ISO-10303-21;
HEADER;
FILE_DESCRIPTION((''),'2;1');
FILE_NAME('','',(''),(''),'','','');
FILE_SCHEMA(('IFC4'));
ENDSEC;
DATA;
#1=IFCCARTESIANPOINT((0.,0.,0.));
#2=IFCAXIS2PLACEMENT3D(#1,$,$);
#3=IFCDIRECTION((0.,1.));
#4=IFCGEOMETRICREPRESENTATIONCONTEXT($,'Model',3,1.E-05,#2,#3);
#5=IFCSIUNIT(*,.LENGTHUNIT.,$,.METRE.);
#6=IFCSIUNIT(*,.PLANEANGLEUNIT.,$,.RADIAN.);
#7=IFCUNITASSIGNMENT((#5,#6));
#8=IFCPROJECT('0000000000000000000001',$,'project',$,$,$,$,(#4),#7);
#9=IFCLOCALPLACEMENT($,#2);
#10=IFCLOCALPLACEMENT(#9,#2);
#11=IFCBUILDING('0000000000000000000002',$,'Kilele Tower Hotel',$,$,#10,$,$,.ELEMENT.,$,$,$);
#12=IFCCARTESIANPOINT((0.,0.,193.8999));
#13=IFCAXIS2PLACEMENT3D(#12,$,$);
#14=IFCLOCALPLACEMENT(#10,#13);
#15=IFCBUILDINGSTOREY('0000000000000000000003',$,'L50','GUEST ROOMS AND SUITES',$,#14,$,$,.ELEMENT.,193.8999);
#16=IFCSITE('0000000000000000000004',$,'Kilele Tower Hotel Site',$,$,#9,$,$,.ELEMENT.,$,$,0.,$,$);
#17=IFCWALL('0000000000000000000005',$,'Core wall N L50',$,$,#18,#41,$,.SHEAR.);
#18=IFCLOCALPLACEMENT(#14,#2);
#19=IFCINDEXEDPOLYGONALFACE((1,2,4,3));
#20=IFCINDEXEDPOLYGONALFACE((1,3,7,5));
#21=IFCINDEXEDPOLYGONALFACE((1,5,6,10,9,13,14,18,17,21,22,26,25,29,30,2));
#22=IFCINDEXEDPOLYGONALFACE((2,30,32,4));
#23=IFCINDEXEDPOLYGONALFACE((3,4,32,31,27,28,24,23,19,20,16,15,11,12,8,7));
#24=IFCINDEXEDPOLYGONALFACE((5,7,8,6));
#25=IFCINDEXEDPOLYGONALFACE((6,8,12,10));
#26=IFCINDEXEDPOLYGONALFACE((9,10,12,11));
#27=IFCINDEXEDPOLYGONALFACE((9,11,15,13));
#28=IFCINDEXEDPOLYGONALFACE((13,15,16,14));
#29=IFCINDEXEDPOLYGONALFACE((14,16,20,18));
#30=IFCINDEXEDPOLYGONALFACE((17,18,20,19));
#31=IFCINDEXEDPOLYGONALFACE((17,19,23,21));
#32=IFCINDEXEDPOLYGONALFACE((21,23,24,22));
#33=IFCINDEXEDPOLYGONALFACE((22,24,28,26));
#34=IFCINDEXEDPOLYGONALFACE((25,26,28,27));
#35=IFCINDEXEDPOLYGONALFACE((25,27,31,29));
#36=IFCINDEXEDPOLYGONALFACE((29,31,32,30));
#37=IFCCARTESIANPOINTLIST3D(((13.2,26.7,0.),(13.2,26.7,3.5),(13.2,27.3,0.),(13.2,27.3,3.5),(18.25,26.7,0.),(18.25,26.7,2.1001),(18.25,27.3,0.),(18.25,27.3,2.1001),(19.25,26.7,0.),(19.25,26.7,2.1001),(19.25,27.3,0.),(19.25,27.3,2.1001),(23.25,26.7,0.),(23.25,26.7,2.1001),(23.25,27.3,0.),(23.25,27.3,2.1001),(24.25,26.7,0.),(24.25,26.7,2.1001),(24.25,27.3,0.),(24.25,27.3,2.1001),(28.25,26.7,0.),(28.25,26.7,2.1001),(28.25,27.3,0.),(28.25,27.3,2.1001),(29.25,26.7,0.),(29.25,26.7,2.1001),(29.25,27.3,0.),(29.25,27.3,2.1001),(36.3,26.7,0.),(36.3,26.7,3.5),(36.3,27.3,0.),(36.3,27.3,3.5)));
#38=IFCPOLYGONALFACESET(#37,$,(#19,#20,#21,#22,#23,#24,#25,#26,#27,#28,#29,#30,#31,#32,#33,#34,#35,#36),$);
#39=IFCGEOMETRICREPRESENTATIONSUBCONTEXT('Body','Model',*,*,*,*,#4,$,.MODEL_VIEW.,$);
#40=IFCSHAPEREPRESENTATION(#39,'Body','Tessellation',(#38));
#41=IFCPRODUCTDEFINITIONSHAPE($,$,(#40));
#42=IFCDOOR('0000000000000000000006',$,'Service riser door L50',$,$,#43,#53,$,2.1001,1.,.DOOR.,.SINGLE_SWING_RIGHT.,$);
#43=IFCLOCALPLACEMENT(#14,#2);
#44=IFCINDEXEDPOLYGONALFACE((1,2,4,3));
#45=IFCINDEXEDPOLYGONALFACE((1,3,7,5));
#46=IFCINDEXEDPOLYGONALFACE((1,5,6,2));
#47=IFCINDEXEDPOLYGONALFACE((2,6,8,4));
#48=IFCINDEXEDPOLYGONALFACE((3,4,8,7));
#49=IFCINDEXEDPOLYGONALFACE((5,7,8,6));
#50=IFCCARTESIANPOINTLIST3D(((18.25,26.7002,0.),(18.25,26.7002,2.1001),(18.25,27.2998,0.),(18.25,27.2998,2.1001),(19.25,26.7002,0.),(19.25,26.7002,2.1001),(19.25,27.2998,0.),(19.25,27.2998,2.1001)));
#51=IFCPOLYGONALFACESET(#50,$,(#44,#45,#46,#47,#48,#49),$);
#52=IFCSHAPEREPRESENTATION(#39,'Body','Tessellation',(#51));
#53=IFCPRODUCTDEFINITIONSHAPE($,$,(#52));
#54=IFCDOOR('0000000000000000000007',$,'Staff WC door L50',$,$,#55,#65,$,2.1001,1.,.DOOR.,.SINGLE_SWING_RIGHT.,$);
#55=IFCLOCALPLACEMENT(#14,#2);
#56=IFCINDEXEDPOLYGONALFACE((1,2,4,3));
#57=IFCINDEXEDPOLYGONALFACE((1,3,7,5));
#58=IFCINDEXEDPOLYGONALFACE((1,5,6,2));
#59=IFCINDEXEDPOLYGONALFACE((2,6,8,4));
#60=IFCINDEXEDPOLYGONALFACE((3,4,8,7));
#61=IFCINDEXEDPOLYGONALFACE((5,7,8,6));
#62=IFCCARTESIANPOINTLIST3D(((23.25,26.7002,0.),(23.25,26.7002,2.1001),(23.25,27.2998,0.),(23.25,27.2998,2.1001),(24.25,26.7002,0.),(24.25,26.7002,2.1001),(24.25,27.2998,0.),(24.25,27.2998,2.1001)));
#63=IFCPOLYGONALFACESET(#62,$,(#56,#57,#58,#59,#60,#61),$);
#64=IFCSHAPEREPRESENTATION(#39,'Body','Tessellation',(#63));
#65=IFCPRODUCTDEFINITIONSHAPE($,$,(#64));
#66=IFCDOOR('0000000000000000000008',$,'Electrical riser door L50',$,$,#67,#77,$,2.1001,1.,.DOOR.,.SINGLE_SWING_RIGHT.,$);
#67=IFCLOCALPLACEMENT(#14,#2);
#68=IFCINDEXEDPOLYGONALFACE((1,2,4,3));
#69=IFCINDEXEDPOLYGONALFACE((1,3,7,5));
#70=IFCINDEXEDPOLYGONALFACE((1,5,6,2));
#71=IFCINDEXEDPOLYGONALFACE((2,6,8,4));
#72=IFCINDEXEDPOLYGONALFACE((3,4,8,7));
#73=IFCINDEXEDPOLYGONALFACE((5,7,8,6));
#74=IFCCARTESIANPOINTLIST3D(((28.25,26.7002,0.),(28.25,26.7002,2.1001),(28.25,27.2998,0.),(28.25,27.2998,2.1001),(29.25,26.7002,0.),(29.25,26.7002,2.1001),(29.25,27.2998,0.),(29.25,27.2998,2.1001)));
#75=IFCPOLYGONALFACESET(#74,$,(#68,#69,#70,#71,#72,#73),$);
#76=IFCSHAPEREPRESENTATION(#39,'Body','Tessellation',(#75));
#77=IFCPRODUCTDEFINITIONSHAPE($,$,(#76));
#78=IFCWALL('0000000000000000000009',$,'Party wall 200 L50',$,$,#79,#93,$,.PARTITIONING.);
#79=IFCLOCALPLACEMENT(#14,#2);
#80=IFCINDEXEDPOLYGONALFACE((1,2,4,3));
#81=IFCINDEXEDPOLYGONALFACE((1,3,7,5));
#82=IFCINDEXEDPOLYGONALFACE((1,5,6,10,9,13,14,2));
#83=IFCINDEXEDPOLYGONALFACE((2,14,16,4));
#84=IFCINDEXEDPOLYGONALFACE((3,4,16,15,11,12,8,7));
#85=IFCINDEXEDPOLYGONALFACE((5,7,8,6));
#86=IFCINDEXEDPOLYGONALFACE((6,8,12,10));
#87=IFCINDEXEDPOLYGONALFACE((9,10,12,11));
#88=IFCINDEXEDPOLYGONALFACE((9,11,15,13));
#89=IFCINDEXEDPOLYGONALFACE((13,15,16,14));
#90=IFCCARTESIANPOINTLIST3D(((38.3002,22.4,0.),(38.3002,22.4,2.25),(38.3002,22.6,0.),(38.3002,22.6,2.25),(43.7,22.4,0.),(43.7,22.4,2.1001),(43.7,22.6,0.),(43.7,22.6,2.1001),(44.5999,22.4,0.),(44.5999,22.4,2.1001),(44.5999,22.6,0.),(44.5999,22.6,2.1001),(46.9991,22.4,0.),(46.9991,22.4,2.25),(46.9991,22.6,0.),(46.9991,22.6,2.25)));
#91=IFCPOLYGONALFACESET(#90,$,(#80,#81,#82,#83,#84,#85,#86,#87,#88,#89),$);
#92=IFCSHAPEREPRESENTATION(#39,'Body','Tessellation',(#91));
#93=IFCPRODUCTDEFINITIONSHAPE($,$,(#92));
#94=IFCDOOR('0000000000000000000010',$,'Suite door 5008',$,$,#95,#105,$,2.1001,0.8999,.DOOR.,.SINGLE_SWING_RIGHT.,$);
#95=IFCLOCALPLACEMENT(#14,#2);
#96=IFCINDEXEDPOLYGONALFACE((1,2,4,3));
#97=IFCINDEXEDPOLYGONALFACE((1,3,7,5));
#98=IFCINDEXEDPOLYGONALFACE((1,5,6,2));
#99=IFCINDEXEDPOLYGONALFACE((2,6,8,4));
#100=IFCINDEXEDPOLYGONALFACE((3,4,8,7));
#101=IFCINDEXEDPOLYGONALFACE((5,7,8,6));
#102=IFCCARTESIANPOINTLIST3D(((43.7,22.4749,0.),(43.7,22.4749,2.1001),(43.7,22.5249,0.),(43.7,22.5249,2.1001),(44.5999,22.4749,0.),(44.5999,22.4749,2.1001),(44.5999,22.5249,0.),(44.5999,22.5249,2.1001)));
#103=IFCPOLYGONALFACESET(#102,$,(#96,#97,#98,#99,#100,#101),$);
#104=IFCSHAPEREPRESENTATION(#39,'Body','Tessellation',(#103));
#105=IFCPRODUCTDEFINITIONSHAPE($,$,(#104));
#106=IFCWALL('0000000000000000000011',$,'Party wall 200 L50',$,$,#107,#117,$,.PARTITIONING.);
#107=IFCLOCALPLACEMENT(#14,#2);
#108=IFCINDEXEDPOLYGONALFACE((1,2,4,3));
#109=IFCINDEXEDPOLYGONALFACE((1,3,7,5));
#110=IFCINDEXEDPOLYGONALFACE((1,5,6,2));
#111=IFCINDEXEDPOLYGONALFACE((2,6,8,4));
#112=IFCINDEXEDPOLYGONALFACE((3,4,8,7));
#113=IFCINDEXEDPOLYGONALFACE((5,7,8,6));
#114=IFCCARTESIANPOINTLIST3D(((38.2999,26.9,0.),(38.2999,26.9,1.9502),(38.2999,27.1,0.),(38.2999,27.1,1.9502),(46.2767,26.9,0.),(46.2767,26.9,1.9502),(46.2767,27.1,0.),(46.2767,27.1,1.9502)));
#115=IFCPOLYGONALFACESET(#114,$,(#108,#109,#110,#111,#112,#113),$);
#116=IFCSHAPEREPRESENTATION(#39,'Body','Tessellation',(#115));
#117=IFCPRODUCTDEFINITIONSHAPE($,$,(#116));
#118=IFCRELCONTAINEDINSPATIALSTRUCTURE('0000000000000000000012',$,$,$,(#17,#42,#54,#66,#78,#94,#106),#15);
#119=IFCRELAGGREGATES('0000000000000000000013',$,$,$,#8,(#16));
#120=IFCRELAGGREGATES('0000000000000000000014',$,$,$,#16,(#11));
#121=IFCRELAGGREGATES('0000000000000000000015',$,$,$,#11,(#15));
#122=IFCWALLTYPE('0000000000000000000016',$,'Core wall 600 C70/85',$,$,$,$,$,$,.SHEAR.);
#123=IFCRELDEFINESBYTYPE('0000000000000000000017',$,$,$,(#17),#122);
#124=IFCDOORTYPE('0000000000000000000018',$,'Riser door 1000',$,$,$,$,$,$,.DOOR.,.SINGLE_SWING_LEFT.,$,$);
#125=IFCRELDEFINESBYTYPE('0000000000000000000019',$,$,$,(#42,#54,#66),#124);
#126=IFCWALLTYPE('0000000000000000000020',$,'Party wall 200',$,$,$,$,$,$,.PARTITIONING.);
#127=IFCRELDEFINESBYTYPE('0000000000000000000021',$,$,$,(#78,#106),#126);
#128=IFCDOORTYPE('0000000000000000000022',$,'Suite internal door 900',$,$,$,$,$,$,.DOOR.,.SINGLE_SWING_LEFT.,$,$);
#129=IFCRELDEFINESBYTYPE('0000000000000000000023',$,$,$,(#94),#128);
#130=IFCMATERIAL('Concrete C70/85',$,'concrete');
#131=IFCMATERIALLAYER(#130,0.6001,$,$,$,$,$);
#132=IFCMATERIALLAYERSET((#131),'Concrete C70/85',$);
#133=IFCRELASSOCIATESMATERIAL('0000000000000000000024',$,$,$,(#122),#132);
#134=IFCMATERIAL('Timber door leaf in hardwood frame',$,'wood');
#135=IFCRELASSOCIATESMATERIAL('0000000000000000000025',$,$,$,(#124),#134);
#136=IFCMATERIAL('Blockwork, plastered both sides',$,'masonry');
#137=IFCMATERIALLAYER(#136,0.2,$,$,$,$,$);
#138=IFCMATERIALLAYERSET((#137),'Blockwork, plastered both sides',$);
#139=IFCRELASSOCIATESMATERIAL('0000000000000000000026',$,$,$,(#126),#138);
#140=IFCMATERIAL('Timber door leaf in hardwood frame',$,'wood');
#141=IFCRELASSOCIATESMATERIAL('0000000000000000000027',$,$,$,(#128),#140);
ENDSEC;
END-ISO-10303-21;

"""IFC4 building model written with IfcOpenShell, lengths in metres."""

from ifc_helpers import new_model, si_unit, direction, frame, frame_2d, origin, place, context, subcontext, project, spatial, rectangle, extrude, material, layer, layer_set, type_object, element, fill, save


model = new_model("IFC4")

# Units and contexts
model_context = context("Model", 3, precision=1e-05, world=origin(), true_north=direction((0.0, 1.0)))
body_context = subcontext(model_context, "Body", "Model", "MODEL_VIEW")
ifc_project = project(units=[si_unit("LENGTHUNIT", "METRE"), si_unit("PLANEANGLEUNIT", "RADIAN")], contexts=[model_context])

# Site, building, storey
site_placement = place(None, origin())
site = spatial("IfcSite", under=ifc_project, at=site_placement, Name="Kilele Tower Hotel Site", CompositionType="ELEMENT", RefElevation=0.0)
building_placement = place(site_placement, origin())
building = spatial("IfcBuilding", under=site, at=building_placement, Name="Kilele Tower Hotel", CompositionType="ELEMENT")
storey_placement = place(building_placement, frame((0.0, 0.0, 193.8999)))
storey = spatial("IfcBuildingStorey", under=building, at=storey_placement, Name="L50", Description="GUEST ROOMS AND SUITES", CompositionType="ELEMENT", Elevation=193.8999)

# Wall, openings, doors
ifc_material_1 = material(Name="Concrete C70/85", Category="concrete")
ifc_layer_1 = layer(ifc_material_1, 0.6001)
ifc_layer_set_1 = layer_set([ifc_layer_1], Name="Concrete C70/85")
wall_type_1 = type_object("IfcWallType", Name="Core wall 600 C70/85", PredefinedType="SHEAR", material=ifc_layer_set_1)
wall_1_placement = place(storey_placement, frame((36.3, 27.0, 0.0), z_axis=(0.0, 0.0, 1.0), x_axis=(-1.0, 0.0, 0.0)))
wall_1 = element("IfcWall", 1, at=wall_1_placement, inside=storey, type_object=wall_type_1, Name="Core wall N L50", PredefinedType="SHEAR", context=body_context, shape_type="SweptSolid", body=[
    extrude(rectangle(XDim=23.1001, YDim=0.6001, at=frame_2d((11.55, 0.0))), origin(), (0.0, 0.0, 1.0), 3.5),
])
opening_1_placement = place(wall_1_placement, frame((17.05, 0.0, 0.0)))
opening_1 = element("IfcOpeningElement", 2, at=opening_1_placement, cuts=wall_1, PredefinedType="OPENING", context=body_context, shape_type="SweptSolid", body=[
    extrude(rectangle(XDim=1.0, YDim=2.1001, at=frame_2d((0.5, 1.05))), frame((0.0, 0.3101, 0.0), z_axis=(0.0, -1.0, 0.0), x_axis=(1.0, 0.0, 0.0)), (0.0, 0.0, 1.0), 0.6201),
])
opening_2_placement = place(wall_1_placement, frame((12.05, 0.0, 0.0)))
opening_2 = element("IfcOpeningElement", 3, at=opening_2_placement, cuts=wall_1, PredefinedType="OPENING", context=body_context, shape_type="SweptSolid", body=[
    extrude(rectangle(XDim=1.0, YDim=2.1001, at=frame_2d((0.5, 1.05))), frame((0.0, 0.3101, 0.0), z_axis=(0.0, -1.0, 0.0), x_axis=(1.0, 0.0, 0.0)), (0.0, 0.0, 1.0), 0.6201),
])
opening_3_placement = place(wall_1_placement, frame((7.05, 0.0, 0.0)))
opening_3 = element("IfcOpeningElement", 4, at=opening_3_placement, cuts=wall_1, PredefinedType="OPENING", context=body_context, shape_type="SweptSolid", body=[
    extrude(rectangle(XDim=1.0, YDim=2.1001, at=frame_2d((0.5, 1.05))), frame((0.0, 0.3101, 0.0), z_axis=(0.0, -1.0, 0.0), x_axis=(1.0, 0.0, 0.0)), (0.0, 0.0, 1.0), 0.6201),
])
ifc_material_2 = material(Name="Timber door leaf in hardwood frame", Category="wood")
door_type_1 = type_object("IfcDoorType", Name="Riser door 1000", OperationType="SINGLE_SWING_LEFT", PredefinedType="DOOR", material=ifc_material_2)
door_1_placement = place(opening_1_placement, origin())
door_1 = element("IfcDoor", 5, at=door_1_placement, inside=storey, type_object=door_type_1, Name="Service riser door L50", OperationType="SINGLE_SWING_RIGHT", OverallHeight=2.1001, OverallWidth=1.0, PredefinedType="DOOR", context=body_context, shape_type="SweptSolid", body=[
    extrude(rectangle(XDim=1.0, YDim=2.1001, at=frame_2d((0.5, 1.05))), frame((0.0, 0.2998, 0.0), z_axis=(0.0, -1.0, 0.0), x_axis=(1.0, 0.0, 0.0)), (0.0, 0.0, 1.0), 0.5996),
])
fill(opening_1, door_1)
door_2_placement = place(opening_2_placement, origin())
door_2 = element("IfcDoor", 6, at=door_2_placement, inside=storey, type_object=door_type_1, Name="Staff WC door L50", OperationType="SINGLE_SWING_RIGHT", OverallHeight=2.1001, OverallWidth=1.0, PredefinedType="DOOR", context=body_context, shape_type="SweptSolid", body=[
    extrude(rectangle(XDim=1.0, YDim=2.1001, at=frame_2d((0.5, 1.05))), frame((0.0, 0.2998, 0.0), z_axis=(0.0, -1.0, 0.0), x_axis=(1.0, 0.0, 0.0)), (0.0, 0.0, 1.0), 0.5996),
])
fill(opening_2, door_2)
door_3_placement = place(opening_3_placement, origin())
door_3 = element("IfcDoor", 7, at=door_3_placement, inside=storey, type_object=door_type_1, Name="Electrical riser door L50", OperationType="SINGLE_SWING_RIGHT", OverallHeight=2.1001, OverallWidth=1.0, PredefinedType="DOOR", context=body_context, shape_type="SweptSolid", body=[
    extrude(rectangle(XDim=1.0, YDim=2.1001, at=frame_2d((0.5, 1.05))), frame((0.0, 0.2998, 0.0), z_axis=(0.0, -1.0, 0.0), x_axis=(1.0, 0.0, 0.0)), (0.0, 0.0, 1.0), 0.5996),
])
fill(opening_3, door_3)

# Wall, opening, door
ifc_material_3 = material(Name="Blockwork, plastered both sides", Category="masonry")
ifc_layer_2 = layer(ifc_material_3, 0.2)
ifc_layer_set_2 = layer_set([ifc_layer_2], Name="Blockwork, plastered both sides")
wall_type_2 = type_object("IfcWallType", Name="Party wall 200", PredefinedType="PARTITIONING", material=ifc_layer_set_2)
wall_2_placement = place(storey_placement, frame((38.3, 22.5, 0.0), z_axis=(0.0, 0.0, 1.0), x_axis=(1.0, 0.0, 0.0)))
wall_2 = element("IfcWall", 8, at=wall_2_placement, inside=storey, type_object=wall_type_2, Name="Party wall 200 L50", PredefinedType="PARTITIONING", context=body_context, shape_type="SweptSolid", body=[
    extrude(rectangle(XDim=8.699, YDim=0.2, at=frame_2d((4.3496, 0.0))), origin(), (0.0, 0.0, 1.0), 2.25),
])
opening_4_placement = place(wall_2_placement, frame((5.3999, 0.0, 0.0)))
opening_4 = element("IfcOpeningElement", 9, at=opening_4_placement, cuts=wall_2, PredefinedType="OPENING", context=body_context, shape_type="SweptSolid", body=[
    extrude(rectangle(XDim=0.8999, YDim=2.1001, at=frame_2d((0.45, 1.05))), frame((0.0, 0.1099, 0.0), z_axis=(0.0, -1.0, 0.0), x_axis=(1.0, 0.0, 0.0)), (0.0, 0.0, 1.0), 0.22),
])
ifc_material_4 = material(Name="Timber door leaf in hardwood frame", Category="wood")
door_type_2 = type_object("IfcDoorType", Name="Suite internal door 900", OperationType="SINGLE_SWING_LEFT", PredefinedType="DOOR", material=ifc_material_4)
door_4_placement = place(opening_4_placement, origin())
door_4 = element("IfcDoor", 10, at=door_4_placement, inside=storey, type_object=door_type_2, Name="Suite door 5008", OperationType="SINGLE_SWING_RIGHT", OverallHeight=2.1001, OverallWidth=0.8999, PredefinedType="DOOR", context=body_context, shape_type="SweptSolid", body=[
    extrude(rectangle(XDim=0.8999, YDim=2.1001, at=frame_2d((0.45, 1.05))), frame((0.0, 0.0249, 0.0), z_axis=(0.0, -1.0, 0.0), x_axis=(1.0, 0.0, 0.0)), (0.0, 0.0, 1.0), 0.05),
])
fill(opening_4, door_4)

# Wall
wall_3_placement = place(storey_placement, frame((38.3, 27.0, 0.0), z_axis=(0.0, 0.0, 1.0), x_axis=(1.0, 0.0, 0.0)))
element("IfcWall", 11, at=wall_3_placement, inside=storey, type_object=wall_type_2, Name="Party wall 200 L50", PredefinedType="PARTITIONING", context=body_context, shape_type="SweptSolid", body=[
    extrude(rectangle(XDim=7.9768, YDim=0.2, at=frame_2d((3.9883, 0.0))), origin(), (0.0, 0.0, 1.0), 1.9502),
])

save(model, "model.ifc")
